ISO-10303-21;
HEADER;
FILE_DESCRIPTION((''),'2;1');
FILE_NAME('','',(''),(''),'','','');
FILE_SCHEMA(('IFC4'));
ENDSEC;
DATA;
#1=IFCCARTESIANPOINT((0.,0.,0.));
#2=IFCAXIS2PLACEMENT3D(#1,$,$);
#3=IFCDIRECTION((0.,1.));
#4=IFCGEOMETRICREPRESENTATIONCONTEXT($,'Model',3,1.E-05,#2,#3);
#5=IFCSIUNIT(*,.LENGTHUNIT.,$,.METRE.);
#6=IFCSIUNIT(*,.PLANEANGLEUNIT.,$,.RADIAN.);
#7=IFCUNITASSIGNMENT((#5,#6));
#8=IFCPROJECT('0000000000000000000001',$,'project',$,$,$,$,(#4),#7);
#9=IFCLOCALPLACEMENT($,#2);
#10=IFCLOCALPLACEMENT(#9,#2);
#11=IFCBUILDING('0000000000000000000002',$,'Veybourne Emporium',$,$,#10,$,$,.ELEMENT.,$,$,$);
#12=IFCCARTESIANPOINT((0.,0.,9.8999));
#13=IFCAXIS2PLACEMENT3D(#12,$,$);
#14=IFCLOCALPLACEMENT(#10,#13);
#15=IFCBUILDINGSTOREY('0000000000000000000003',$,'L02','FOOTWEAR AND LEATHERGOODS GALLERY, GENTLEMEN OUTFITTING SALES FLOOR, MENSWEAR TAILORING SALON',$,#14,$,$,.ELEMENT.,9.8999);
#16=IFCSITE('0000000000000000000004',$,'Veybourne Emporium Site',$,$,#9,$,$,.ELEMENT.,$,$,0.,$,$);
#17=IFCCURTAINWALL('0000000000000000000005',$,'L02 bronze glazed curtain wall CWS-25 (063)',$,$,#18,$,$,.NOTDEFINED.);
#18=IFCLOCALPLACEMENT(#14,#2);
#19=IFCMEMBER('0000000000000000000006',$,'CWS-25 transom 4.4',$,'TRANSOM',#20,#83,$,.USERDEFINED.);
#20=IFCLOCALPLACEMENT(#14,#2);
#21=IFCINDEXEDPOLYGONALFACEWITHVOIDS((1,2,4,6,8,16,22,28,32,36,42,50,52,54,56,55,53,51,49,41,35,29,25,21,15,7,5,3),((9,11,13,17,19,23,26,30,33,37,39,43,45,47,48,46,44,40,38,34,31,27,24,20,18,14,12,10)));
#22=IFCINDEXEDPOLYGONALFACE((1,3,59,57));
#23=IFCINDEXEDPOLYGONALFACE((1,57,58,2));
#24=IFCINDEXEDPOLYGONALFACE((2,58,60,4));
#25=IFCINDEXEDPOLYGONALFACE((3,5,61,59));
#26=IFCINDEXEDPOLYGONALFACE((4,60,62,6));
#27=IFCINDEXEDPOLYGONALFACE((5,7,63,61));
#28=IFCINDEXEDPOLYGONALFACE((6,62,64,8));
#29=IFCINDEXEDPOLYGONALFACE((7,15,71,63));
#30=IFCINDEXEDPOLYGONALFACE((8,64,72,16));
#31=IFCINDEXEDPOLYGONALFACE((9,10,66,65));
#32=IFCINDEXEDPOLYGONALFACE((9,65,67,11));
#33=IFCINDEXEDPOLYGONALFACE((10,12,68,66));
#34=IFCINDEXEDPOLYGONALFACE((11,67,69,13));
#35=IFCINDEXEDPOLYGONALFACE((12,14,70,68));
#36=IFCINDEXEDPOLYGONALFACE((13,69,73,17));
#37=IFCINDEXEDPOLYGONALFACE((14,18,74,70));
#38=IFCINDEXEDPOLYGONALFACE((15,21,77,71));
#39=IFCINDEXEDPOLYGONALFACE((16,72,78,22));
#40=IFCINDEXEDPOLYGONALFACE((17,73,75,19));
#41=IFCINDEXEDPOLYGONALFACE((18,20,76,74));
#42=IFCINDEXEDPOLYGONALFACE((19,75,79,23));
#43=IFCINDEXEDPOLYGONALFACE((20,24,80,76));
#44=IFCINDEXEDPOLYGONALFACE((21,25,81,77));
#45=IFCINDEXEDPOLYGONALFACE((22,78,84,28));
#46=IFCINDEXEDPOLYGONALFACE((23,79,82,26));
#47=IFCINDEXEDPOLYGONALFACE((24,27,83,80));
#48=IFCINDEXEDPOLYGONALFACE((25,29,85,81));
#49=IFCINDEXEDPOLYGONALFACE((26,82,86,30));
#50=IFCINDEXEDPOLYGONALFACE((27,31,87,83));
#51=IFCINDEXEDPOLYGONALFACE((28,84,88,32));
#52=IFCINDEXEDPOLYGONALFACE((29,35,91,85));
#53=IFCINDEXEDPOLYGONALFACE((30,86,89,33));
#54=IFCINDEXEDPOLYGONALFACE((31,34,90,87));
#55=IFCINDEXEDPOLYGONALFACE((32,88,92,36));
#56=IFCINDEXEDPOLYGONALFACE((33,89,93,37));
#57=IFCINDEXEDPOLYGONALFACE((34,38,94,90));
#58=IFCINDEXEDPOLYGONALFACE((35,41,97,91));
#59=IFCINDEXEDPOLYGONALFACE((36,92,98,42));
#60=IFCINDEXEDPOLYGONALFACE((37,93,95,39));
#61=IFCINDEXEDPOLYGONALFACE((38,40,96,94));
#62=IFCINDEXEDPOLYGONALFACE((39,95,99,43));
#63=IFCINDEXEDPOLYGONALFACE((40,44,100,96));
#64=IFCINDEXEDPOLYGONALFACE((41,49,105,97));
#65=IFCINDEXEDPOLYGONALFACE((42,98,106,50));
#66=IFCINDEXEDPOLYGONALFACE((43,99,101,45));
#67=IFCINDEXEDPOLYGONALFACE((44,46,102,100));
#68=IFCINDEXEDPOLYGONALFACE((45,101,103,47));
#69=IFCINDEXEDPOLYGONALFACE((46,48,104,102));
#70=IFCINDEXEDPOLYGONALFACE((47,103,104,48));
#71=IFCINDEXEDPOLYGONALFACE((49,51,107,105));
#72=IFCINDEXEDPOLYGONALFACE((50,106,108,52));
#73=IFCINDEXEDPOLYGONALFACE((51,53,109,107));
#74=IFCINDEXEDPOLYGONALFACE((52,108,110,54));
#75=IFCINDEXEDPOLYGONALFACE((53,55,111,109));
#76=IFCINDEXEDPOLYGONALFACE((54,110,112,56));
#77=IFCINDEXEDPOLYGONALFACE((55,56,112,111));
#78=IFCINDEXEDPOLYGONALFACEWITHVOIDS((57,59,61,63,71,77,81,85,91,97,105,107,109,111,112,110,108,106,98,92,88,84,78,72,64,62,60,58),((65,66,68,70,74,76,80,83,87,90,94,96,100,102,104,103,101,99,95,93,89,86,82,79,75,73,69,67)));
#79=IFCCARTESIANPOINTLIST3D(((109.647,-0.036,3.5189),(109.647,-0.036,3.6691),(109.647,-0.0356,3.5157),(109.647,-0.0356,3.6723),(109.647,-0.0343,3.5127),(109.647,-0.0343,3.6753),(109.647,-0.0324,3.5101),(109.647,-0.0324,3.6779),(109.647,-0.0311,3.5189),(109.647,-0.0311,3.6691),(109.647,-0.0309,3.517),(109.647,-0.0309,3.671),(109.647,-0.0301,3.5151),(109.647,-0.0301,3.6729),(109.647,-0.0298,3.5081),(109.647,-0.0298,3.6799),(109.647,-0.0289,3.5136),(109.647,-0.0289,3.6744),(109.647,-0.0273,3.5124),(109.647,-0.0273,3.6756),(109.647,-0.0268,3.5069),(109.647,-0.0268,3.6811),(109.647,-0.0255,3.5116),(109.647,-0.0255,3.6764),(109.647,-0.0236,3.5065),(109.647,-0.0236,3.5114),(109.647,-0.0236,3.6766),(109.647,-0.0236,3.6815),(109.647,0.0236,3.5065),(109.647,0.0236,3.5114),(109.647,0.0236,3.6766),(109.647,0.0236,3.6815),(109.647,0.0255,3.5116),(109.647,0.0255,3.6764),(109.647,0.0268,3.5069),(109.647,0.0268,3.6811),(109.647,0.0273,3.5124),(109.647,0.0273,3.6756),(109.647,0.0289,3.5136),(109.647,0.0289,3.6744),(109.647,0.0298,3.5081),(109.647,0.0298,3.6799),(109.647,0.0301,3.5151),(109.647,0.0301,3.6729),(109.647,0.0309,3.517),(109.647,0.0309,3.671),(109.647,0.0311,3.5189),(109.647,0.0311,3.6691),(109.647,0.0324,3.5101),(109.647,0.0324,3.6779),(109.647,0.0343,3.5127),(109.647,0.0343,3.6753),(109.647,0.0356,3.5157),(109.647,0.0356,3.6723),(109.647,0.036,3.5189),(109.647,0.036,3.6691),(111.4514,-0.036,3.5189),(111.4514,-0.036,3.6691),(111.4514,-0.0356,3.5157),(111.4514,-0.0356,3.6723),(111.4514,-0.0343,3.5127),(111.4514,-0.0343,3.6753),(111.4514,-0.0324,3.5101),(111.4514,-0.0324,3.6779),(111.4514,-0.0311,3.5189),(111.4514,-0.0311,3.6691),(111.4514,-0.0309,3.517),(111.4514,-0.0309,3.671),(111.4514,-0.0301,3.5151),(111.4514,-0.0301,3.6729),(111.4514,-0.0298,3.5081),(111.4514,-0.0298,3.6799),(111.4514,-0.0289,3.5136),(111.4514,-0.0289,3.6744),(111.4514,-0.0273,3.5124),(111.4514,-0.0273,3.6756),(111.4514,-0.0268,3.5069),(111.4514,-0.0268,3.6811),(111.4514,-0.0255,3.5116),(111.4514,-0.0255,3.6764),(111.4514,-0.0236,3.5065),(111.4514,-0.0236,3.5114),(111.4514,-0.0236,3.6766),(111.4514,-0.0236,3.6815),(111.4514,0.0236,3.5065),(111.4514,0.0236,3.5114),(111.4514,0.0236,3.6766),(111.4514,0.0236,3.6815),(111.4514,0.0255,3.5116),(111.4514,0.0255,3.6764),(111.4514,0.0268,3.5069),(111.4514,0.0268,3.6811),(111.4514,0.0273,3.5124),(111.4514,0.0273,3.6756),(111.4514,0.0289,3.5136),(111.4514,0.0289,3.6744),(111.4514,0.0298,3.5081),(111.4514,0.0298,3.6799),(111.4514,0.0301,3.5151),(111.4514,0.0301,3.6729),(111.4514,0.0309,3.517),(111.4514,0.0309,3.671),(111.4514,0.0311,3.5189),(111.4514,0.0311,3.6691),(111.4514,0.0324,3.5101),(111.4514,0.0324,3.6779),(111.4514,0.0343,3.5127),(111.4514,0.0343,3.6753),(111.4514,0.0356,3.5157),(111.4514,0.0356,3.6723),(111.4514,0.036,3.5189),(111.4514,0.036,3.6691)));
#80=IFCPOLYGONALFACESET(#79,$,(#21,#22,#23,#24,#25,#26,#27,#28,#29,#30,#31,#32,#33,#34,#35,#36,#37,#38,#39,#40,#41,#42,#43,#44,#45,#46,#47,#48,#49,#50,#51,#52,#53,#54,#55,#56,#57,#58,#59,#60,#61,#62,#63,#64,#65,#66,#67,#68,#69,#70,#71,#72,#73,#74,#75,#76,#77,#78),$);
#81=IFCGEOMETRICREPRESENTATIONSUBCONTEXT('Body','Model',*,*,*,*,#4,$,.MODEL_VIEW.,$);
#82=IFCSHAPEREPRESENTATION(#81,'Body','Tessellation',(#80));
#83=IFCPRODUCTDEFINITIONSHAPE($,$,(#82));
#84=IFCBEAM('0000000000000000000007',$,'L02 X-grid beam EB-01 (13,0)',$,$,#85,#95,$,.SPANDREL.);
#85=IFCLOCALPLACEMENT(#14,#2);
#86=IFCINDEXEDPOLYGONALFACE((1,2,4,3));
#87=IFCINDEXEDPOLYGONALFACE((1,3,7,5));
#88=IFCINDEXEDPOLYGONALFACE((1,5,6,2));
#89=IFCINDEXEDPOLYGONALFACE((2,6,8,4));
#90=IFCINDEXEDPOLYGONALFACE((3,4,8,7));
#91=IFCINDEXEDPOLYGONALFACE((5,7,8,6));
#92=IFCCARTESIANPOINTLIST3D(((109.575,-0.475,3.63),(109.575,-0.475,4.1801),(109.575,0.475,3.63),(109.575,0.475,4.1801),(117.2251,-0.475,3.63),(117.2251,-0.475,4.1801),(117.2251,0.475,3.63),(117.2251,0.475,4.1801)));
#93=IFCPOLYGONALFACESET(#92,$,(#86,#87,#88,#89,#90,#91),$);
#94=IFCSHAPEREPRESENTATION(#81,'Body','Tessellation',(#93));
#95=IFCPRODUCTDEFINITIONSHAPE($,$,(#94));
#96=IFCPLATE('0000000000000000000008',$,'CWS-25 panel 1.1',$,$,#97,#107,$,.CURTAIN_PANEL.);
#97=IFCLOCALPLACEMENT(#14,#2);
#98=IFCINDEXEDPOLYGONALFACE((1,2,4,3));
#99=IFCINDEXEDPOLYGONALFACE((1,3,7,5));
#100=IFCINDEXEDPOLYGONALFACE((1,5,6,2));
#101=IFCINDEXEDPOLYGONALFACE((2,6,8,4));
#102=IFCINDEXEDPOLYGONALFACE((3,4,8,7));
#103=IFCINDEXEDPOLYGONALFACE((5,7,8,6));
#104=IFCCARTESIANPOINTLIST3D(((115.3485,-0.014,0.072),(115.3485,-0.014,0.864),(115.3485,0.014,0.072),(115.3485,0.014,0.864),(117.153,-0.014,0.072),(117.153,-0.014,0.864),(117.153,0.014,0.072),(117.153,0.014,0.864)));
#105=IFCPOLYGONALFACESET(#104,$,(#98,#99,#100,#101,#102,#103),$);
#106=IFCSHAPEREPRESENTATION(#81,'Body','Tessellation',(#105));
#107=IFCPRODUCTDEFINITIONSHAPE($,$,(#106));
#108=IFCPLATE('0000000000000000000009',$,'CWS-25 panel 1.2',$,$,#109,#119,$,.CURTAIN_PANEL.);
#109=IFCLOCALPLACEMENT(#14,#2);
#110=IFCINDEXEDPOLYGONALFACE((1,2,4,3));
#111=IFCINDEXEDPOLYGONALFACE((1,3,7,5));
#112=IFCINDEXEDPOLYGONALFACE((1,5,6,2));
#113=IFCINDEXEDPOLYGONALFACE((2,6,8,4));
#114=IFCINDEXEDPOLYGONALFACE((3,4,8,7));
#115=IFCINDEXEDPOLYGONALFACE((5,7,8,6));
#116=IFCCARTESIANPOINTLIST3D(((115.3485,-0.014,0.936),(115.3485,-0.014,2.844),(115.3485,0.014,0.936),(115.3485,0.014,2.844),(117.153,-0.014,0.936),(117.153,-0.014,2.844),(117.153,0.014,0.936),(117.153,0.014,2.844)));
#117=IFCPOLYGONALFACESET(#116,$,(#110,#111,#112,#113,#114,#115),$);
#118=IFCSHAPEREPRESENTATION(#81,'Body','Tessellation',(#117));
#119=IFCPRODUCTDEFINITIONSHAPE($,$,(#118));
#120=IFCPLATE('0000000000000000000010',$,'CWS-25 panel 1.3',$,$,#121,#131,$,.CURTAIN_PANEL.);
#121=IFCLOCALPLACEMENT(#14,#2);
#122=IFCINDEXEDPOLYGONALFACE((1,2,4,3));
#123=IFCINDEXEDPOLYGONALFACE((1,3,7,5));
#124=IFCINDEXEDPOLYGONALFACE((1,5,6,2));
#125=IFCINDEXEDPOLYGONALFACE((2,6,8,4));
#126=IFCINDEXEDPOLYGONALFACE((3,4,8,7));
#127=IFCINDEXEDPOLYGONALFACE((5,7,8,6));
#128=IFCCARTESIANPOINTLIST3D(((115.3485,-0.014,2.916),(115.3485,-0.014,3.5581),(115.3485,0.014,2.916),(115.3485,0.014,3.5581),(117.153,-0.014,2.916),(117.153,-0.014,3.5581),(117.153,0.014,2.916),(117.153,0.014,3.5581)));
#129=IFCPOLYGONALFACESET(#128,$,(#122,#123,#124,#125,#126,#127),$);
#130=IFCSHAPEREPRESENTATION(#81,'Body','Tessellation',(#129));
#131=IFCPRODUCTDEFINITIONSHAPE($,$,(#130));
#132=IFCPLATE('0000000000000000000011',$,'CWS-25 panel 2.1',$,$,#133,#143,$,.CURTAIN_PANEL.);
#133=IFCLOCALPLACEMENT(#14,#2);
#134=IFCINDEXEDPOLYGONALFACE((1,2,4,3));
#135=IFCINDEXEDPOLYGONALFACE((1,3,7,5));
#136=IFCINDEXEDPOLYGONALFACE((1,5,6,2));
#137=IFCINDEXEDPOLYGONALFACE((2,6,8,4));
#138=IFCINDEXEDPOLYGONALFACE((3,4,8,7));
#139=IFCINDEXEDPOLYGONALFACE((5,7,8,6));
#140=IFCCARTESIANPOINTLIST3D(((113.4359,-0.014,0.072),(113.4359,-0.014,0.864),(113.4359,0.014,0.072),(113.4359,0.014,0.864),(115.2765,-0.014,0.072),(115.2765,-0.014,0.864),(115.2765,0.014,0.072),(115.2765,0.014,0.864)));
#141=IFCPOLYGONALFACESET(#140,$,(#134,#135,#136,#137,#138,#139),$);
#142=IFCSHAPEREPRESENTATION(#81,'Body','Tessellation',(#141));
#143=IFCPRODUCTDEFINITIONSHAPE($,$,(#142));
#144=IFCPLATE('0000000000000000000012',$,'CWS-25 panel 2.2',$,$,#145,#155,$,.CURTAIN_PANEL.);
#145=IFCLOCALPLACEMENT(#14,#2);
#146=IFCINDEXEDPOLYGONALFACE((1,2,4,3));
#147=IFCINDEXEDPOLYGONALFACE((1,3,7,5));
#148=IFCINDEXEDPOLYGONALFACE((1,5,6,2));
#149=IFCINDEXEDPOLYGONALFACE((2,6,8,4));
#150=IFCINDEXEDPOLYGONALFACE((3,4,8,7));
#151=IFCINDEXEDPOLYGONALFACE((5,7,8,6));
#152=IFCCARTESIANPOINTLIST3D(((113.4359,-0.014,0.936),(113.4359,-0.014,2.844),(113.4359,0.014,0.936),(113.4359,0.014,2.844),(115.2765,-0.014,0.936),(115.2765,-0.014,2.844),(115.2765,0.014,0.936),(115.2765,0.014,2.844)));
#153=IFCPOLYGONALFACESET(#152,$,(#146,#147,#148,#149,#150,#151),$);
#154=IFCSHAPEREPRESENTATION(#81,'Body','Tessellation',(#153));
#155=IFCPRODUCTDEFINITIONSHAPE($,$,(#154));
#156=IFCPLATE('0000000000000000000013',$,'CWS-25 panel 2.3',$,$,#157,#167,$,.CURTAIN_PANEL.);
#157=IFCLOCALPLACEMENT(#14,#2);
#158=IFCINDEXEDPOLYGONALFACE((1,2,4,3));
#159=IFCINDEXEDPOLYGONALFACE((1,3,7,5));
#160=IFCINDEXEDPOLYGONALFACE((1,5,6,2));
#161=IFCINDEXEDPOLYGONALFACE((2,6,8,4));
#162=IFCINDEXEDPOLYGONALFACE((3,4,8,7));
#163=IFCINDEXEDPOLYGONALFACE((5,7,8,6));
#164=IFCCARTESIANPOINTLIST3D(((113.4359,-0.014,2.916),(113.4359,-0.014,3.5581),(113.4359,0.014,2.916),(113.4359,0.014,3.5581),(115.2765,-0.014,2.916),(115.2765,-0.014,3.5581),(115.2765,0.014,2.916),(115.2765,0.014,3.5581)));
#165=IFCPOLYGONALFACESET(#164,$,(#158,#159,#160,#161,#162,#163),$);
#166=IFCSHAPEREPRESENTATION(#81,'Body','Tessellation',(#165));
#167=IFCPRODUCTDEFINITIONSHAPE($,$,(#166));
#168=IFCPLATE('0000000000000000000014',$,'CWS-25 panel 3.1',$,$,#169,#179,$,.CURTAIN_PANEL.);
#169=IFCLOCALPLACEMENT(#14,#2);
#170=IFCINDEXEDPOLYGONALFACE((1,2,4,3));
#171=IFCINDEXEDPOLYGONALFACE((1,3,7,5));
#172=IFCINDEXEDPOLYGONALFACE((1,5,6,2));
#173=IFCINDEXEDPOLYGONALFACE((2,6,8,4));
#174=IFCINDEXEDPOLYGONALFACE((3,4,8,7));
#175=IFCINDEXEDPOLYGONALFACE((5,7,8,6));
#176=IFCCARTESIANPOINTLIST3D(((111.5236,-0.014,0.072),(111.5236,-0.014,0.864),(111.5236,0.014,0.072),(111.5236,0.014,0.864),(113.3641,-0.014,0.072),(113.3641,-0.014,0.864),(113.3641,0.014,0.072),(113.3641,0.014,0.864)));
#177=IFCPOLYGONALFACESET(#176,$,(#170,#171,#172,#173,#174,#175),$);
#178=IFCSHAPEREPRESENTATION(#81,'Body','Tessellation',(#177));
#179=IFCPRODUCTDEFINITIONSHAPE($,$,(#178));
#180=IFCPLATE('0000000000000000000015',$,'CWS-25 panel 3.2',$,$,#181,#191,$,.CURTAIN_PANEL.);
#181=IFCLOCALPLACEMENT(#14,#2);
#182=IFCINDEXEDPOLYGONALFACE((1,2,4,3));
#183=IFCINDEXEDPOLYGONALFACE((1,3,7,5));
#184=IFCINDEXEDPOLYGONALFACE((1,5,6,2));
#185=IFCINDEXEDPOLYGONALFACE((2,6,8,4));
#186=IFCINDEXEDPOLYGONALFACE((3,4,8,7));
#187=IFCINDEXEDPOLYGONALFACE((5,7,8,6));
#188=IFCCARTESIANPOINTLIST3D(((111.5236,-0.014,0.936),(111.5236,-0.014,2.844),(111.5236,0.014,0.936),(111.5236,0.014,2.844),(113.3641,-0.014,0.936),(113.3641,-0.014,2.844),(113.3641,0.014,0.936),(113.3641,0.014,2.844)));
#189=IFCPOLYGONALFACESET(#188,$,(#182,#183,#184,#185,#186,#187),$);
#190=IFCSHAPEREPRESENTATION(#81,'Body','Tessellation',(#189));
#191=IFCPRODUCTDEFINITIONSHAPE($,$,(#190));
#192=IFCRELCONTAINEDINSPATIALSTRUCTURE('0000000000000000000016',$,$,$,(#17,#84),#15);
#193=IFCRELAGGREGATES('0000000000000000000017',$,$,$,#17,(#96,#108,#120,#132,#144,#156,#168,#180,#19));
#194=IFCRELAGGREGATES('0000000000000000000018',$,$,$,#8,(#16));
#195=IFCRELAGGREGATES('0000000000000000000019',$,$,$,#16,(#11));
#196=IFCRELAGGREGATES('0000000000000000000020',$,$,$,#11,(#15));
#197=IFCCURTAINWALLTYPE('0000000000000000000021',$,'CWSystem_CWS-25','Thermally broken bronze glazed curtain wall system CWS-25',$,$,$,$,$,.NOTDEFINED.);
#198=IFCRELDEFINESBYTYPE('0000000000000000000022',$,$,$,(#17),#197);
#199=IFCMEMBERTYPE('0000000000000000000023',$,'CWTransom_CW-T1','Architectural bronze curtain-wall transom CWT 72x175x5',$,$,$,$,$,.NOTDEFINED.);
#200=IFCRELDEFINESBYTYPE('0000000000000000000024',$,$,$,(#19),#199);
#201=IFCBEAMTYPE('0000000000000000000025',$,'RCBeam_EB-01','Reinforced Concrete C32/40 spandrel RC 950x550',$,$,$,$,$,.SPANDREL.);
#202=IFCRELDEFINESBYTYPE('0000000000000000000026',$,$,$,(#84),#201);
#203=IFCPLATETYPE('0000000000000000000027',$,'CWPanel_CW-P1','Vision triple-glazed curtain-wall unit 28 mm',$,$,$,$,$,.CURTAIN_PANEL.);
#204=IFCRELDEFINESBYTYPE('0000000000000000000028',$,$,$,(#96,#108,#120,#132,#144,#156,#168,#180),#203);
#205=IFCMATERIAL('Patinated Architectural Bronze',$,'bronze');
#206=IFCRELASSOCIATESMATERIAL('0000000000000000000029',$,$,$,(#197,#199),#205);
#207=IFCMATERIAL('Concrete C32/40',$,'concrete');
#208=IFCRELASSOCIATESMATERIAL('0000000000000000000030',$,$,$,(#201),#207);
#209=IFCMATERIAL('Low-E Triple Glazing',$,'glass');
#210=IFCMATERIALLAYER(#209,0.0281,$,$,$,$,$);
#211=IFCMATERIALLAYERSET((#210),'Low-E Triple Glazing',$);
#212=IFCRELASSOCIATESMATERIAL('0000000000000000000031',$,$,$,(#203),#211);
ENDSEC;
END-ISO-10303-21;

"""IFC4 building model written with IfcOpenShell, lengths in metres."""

from ifc_helpers import new_model, si_unit, direction, frame, origin, origin_2d, place, context, subcontext, project, spatial, rectangle, hollow_rectangle, extrude, material, layer, layer_set, material_profile, profile_set, type_object, element, aggregate, save


model = new_model("IFC4")

# Units and contexts
model_context = context("Model", 3, precision=1e-05, world=origin(), true_north=direction((0.0, 1.0)))
body_context = subcontext(model_context, "Body", "Model", "MODEL_VIEW")
ifc_project = project(units=[si_unit("LENGTHUNIT", "METRE"), si_unit("PLANEANGLEUNIT", "RADIAN")], contexts=[model_context])

# Site, building, storey
site_placement = place(None, origin())
site = spatial("IfcSite", under=ifc_project, at=site_placement, Name="Veybourne Emporium Site", CompositionType="ELEMENT", RefElevation=0.0)
building_placement = place(site_placement, origin())
building = spatial("IfcBuilding", under=site, at=building_placement, Name="Veybourne Emporium", CompositionType="ELEMENT")
storey_placement = place(building_placement, frame((0.0, 0.0, 9.8999)))
storey = spatial("IfcBuildingStorey", under=building, at=storey_placement, Name="L02", Description="FOOTWEAR AND LEATHERGOODS GALLERY, GENTLEMEN OUTFITTING SALES FLOOR, MENSWEAR TAILORING SALON", CompositionType="ELEMENT", Elevation=9.8999)

# Curtain wall, member
ifc_material_1 = material(Name="Patinated Architectural Bronze", Category="bronze")
curtain_wall_type = type_object("IfcCurtainWallType", Name="CWSystem_CWS-25", Description="Thermally broken bronze glazed curtain wall system CWS-25", PredefinedType="NOTDEFINED", material=ifc_material_1)
curtain_wall_placement = place(storey_placement, origin())
curtain_wall = element("IfcCurtainWall", 1, at=curtain_wall_placement, inside=storey, type_object=curtain_wall_type, Name="L02 bronze glazed curtain wall CWS-25 (063)", PredefinedType="NOTDEFINED")
ifc_material_profile_1 = material_profile(ifc_material_1, hollow_rectangle(XDim=0.072, YDim=0.175, WallThickness=0.0049, InnerFilletRadius=0.0076, OuterFilletRadius=0.0125, at=origin_2d()), Name="CWT 72x175x5")
ifc_profile_set_1 = profile_set([ifc_material_profile_1], Name="Patinated Architectural Bronze")
member_type_1 = type_object("IfcMemberType", Name="CWTransom_CW-T1", Description="Architectural bronze curtain-wall transom CWT 72x175x5", PredefinedType="NOTDEFINED", material=ifc_profile_set_1)
member_1_placement = place(storey_placement, frame((111.4514, 0.0, 3.594), z_axis=(-1.0, 0.0, 0.0), x_axis=(0.0, -1.0, 0.0)))
member_1 = element("IfcMember", 2, at=member_1_placement, type_object=member_type_1, Name="CWS-25 transom 4.4", ObjectType="TRANSOM", PredefinedType="USERDEFINED", context=body_context, shape_type="SweptSolid", body=[
    extrude(hollow_rectangle(XDim=0.072, YDim=0.175, WallThickness=0.0049, InnerFilletRadius=0.0076, OuterFilletRadius=0.0125, at=origin_2d()), origin(), (0.0, 0.0, 1.0), 1.8044),
])

# Beam
ifc_material_2 = material(Name="Concrete C32/40", Category="concrete")
ifc_material_profile_2 = material_profile(ifc_material_2, rectangle(XDim=0.95, YDim=0.55, at=origin_2d()), Name="RC 950x550")
ifc_profile_set_2 = profile_set([ifc_material_profile_2], Name="Concrete C32/40")
beam_type = type_object("IfcBeamType", Name="RCBeam_EB-01", Description="Reinforced Concrete C32/40 spandrel RC 950x550", PredefinedType="SPANDREL", material=ifc_profile_set_2)
beam_placement = place(storey_placement, frame((109.575, 0.0, 3.905), z_axis=(1.0, 0.0, 0.0), x_axis=(0.0, 1.0, 0.0)))
element("IfcBeam", 3, at=beam_placement, inside=storey, type_object=beam_type, Name="L02 X-grid beam EB-01 (13,0)", PredefinedType="SPANDREL", context=body_context, shape_type="SweptSolid", body=[
    extrude(rectangle(XDim=0.95, YDim=0.55, at=origin_2d()), origin(), (0.0, 0.0, 1.0), 7.6501),
])

# Plates
ifc_material_3 = material(Name="Low-E Triple Glazing", Category="glass")
ifc_layer_1 = layer(ifc_material_3, 0.0281)
ifc_layer_set_1 = layer_set([ifc_layer_1], Name="Low-E Triple Glazing")
plate_type = type_object("IfcPlateType", Name="CWPanel_CW-P1", Description="Vision triple-glazed curtain-wall unit 28 mm", PredefinedType="CURTAIN_PANEL", material=ifc_layer_set_1)
plate_1_placement = place(storey_placement, frame((116.2507, 0.0, 0.072), z_axis=(0.0, 0.0, 1.0), x_axis=(-1.0, 0.0, 0.0)))
plate_1 = element("IfcPlate", 4, at=plate_1_placement, type_object=plate_type, Name="CWS-25 panel 1.1", PredefinedType="CURTAIN_PANEL", context=body_context, shape_type="SweptSolid", body=[
    extrude(rectangle(XDim=1.8044, YDim=0.0281, at=origin_2d()), origin(), (0.0, 0.0, 1.0), 0.792),
])
plate_2_placement = place(storey_placement, frame((116.2507, 0.0, 0.936), z_axis=(0.0, 0.0, 1.0), x_axis=(-1.0, 0.0, 0.0)))
plate_2 = element("IfcPlate", 5, at=plate_2_placement, type_object=plate_type, Name="CWS-25 panel 1.2", PredefinedType="CURTAIN_PANEL", context=body_context, shape_type="SweptSolid", body=[
    extrude(rectangle(XDim=1.8044, YDim=0.0281, at=origin_2d()), origin(), (0.0, 0.0, 1.0), 1.908),
])
plate_3_placement = place(storey_placement, frame((116.2507, 0.0, 2.916), z_axis=(0.0, 0.0, 1.0), x_axis=(-1.0, 0.0, 0.0)))
plate_3 = element("IfcPlate", 6, at=plate_3_placement, type_object=plate_type, Name="CWS-25 panel 1.3", PredefinedType="CURTAIN_PANEL", context=body_context, shape_type="SweptSolid", body=[
    extrude(rectangle(XDim=1.8044, YDim=0.0281, at=origin_2d()), origin(), (0.0, 0.0, 1.0), 0.6421),
])
plate_4_placement = place(storey_placement, frame((114.3562, 0.0, 0.072), z_axis=(0.0, 0.0, 1.0), x_axis=(-1.0, 0.0, 0.0)))
plate_4 = element("IfcPlate", 7, at=plate_4_placement, type_object=plate_type, Name="CWS-25 panel 2.1", PredefinedType="CURTAIN_PANEL", context=body_context, shape_type="SweptSolid", body=[
    extrude(rectangle(XDim=1.8406, YDim=0.0281, at=origin_2d()), origin(), (0.0, 0.0, 1.0), 0.792),
])
plate_5_placement = place(storey_placement, frame((114.3562, 0.0, 0.936), z_axis=(0.0, 0.0, 1.0), x_axis=(-1.0, 0.0, 0.0)))
plate_5 = element("IfcPlate", 8, at=plate_5_placement, type_object=plate_type, Name="CWS-25 panel 2.2", PredefinedType="CURTAIN_PANEL", context=body_context, shape_type="SweptSolid", body=[
    extrude(rectangle(XDim=1.8406, YDim=0.0281, at=origin_2d()), origin(), (0.0, 0.0, 1.0), 1.908),
])
plate_6_placement = place(storey_placement, frame((114.3562, 0.0, 2.916), z_axis=(0.0, 0.0, 1.0), x_axis=(-1.0, 0.0, 0.0)))
plate_6 = element("IfcPlate", 9, at=plate_6_placement, type_object=plate_type, Name="CWS-25 panel 2.3", PredefinedType="CURTAIN_PANEL", context=body_context, shape_type="SweptSolid", body=[
    extrude(rectangle(XDim=1.8406, YDim=0.0281, at=origin_2d()), origin(), (0.0, 0.0, 1.0), 0.6421),
])
plate_7_placement = place(storey_placement, frame((112.4438, 0.0, 0.072), z_axis=(0.0, 0.0, 1.0), x_axis=(-1.0, 0.0, 0.0)))
plate_7 = element("IfcPlate", 10, at=plate_7_placement, type_object=plate_type, Name="CWS-25 panel 3.1", PredefinedType="CURTAIN_PANEL", context=body_context, shape_type="SweptSolid", body=[
    extrude(rectangle(XDim=1.8406, YDim=0.0281, at=origin_2d()), origin(), (0.0, 0.0, 1.0), 0.792),
])
plate_8_placement = place(storey_placement, frame((112.4438, 0.0, 0.936), z_axis=(0.0, 0.0, 1.0), x_axis=(-1.0, 0.0, 0.0)))
plate_8 = element("IfcPlate", 11, at=plate_8_placement, type_object=plate_type, Name="CWS-25 panel 3.2", PredefinedType="CURTAIN_PANEL", context=body_context, shape_type="SweptSolid", body=[
    extrude(rectangle(XDim=1.8406, YDim=0.0281, at=origin_2d()), origin(), (0.0, 0.0, 1.0), 1.908),
])
aggregate(curtain_wall, [plate_1, plate_2, plate_3, plate_4, plate_5, plate_6, plate_7, plate_8, member_1])

save(model, "model.ifc")
